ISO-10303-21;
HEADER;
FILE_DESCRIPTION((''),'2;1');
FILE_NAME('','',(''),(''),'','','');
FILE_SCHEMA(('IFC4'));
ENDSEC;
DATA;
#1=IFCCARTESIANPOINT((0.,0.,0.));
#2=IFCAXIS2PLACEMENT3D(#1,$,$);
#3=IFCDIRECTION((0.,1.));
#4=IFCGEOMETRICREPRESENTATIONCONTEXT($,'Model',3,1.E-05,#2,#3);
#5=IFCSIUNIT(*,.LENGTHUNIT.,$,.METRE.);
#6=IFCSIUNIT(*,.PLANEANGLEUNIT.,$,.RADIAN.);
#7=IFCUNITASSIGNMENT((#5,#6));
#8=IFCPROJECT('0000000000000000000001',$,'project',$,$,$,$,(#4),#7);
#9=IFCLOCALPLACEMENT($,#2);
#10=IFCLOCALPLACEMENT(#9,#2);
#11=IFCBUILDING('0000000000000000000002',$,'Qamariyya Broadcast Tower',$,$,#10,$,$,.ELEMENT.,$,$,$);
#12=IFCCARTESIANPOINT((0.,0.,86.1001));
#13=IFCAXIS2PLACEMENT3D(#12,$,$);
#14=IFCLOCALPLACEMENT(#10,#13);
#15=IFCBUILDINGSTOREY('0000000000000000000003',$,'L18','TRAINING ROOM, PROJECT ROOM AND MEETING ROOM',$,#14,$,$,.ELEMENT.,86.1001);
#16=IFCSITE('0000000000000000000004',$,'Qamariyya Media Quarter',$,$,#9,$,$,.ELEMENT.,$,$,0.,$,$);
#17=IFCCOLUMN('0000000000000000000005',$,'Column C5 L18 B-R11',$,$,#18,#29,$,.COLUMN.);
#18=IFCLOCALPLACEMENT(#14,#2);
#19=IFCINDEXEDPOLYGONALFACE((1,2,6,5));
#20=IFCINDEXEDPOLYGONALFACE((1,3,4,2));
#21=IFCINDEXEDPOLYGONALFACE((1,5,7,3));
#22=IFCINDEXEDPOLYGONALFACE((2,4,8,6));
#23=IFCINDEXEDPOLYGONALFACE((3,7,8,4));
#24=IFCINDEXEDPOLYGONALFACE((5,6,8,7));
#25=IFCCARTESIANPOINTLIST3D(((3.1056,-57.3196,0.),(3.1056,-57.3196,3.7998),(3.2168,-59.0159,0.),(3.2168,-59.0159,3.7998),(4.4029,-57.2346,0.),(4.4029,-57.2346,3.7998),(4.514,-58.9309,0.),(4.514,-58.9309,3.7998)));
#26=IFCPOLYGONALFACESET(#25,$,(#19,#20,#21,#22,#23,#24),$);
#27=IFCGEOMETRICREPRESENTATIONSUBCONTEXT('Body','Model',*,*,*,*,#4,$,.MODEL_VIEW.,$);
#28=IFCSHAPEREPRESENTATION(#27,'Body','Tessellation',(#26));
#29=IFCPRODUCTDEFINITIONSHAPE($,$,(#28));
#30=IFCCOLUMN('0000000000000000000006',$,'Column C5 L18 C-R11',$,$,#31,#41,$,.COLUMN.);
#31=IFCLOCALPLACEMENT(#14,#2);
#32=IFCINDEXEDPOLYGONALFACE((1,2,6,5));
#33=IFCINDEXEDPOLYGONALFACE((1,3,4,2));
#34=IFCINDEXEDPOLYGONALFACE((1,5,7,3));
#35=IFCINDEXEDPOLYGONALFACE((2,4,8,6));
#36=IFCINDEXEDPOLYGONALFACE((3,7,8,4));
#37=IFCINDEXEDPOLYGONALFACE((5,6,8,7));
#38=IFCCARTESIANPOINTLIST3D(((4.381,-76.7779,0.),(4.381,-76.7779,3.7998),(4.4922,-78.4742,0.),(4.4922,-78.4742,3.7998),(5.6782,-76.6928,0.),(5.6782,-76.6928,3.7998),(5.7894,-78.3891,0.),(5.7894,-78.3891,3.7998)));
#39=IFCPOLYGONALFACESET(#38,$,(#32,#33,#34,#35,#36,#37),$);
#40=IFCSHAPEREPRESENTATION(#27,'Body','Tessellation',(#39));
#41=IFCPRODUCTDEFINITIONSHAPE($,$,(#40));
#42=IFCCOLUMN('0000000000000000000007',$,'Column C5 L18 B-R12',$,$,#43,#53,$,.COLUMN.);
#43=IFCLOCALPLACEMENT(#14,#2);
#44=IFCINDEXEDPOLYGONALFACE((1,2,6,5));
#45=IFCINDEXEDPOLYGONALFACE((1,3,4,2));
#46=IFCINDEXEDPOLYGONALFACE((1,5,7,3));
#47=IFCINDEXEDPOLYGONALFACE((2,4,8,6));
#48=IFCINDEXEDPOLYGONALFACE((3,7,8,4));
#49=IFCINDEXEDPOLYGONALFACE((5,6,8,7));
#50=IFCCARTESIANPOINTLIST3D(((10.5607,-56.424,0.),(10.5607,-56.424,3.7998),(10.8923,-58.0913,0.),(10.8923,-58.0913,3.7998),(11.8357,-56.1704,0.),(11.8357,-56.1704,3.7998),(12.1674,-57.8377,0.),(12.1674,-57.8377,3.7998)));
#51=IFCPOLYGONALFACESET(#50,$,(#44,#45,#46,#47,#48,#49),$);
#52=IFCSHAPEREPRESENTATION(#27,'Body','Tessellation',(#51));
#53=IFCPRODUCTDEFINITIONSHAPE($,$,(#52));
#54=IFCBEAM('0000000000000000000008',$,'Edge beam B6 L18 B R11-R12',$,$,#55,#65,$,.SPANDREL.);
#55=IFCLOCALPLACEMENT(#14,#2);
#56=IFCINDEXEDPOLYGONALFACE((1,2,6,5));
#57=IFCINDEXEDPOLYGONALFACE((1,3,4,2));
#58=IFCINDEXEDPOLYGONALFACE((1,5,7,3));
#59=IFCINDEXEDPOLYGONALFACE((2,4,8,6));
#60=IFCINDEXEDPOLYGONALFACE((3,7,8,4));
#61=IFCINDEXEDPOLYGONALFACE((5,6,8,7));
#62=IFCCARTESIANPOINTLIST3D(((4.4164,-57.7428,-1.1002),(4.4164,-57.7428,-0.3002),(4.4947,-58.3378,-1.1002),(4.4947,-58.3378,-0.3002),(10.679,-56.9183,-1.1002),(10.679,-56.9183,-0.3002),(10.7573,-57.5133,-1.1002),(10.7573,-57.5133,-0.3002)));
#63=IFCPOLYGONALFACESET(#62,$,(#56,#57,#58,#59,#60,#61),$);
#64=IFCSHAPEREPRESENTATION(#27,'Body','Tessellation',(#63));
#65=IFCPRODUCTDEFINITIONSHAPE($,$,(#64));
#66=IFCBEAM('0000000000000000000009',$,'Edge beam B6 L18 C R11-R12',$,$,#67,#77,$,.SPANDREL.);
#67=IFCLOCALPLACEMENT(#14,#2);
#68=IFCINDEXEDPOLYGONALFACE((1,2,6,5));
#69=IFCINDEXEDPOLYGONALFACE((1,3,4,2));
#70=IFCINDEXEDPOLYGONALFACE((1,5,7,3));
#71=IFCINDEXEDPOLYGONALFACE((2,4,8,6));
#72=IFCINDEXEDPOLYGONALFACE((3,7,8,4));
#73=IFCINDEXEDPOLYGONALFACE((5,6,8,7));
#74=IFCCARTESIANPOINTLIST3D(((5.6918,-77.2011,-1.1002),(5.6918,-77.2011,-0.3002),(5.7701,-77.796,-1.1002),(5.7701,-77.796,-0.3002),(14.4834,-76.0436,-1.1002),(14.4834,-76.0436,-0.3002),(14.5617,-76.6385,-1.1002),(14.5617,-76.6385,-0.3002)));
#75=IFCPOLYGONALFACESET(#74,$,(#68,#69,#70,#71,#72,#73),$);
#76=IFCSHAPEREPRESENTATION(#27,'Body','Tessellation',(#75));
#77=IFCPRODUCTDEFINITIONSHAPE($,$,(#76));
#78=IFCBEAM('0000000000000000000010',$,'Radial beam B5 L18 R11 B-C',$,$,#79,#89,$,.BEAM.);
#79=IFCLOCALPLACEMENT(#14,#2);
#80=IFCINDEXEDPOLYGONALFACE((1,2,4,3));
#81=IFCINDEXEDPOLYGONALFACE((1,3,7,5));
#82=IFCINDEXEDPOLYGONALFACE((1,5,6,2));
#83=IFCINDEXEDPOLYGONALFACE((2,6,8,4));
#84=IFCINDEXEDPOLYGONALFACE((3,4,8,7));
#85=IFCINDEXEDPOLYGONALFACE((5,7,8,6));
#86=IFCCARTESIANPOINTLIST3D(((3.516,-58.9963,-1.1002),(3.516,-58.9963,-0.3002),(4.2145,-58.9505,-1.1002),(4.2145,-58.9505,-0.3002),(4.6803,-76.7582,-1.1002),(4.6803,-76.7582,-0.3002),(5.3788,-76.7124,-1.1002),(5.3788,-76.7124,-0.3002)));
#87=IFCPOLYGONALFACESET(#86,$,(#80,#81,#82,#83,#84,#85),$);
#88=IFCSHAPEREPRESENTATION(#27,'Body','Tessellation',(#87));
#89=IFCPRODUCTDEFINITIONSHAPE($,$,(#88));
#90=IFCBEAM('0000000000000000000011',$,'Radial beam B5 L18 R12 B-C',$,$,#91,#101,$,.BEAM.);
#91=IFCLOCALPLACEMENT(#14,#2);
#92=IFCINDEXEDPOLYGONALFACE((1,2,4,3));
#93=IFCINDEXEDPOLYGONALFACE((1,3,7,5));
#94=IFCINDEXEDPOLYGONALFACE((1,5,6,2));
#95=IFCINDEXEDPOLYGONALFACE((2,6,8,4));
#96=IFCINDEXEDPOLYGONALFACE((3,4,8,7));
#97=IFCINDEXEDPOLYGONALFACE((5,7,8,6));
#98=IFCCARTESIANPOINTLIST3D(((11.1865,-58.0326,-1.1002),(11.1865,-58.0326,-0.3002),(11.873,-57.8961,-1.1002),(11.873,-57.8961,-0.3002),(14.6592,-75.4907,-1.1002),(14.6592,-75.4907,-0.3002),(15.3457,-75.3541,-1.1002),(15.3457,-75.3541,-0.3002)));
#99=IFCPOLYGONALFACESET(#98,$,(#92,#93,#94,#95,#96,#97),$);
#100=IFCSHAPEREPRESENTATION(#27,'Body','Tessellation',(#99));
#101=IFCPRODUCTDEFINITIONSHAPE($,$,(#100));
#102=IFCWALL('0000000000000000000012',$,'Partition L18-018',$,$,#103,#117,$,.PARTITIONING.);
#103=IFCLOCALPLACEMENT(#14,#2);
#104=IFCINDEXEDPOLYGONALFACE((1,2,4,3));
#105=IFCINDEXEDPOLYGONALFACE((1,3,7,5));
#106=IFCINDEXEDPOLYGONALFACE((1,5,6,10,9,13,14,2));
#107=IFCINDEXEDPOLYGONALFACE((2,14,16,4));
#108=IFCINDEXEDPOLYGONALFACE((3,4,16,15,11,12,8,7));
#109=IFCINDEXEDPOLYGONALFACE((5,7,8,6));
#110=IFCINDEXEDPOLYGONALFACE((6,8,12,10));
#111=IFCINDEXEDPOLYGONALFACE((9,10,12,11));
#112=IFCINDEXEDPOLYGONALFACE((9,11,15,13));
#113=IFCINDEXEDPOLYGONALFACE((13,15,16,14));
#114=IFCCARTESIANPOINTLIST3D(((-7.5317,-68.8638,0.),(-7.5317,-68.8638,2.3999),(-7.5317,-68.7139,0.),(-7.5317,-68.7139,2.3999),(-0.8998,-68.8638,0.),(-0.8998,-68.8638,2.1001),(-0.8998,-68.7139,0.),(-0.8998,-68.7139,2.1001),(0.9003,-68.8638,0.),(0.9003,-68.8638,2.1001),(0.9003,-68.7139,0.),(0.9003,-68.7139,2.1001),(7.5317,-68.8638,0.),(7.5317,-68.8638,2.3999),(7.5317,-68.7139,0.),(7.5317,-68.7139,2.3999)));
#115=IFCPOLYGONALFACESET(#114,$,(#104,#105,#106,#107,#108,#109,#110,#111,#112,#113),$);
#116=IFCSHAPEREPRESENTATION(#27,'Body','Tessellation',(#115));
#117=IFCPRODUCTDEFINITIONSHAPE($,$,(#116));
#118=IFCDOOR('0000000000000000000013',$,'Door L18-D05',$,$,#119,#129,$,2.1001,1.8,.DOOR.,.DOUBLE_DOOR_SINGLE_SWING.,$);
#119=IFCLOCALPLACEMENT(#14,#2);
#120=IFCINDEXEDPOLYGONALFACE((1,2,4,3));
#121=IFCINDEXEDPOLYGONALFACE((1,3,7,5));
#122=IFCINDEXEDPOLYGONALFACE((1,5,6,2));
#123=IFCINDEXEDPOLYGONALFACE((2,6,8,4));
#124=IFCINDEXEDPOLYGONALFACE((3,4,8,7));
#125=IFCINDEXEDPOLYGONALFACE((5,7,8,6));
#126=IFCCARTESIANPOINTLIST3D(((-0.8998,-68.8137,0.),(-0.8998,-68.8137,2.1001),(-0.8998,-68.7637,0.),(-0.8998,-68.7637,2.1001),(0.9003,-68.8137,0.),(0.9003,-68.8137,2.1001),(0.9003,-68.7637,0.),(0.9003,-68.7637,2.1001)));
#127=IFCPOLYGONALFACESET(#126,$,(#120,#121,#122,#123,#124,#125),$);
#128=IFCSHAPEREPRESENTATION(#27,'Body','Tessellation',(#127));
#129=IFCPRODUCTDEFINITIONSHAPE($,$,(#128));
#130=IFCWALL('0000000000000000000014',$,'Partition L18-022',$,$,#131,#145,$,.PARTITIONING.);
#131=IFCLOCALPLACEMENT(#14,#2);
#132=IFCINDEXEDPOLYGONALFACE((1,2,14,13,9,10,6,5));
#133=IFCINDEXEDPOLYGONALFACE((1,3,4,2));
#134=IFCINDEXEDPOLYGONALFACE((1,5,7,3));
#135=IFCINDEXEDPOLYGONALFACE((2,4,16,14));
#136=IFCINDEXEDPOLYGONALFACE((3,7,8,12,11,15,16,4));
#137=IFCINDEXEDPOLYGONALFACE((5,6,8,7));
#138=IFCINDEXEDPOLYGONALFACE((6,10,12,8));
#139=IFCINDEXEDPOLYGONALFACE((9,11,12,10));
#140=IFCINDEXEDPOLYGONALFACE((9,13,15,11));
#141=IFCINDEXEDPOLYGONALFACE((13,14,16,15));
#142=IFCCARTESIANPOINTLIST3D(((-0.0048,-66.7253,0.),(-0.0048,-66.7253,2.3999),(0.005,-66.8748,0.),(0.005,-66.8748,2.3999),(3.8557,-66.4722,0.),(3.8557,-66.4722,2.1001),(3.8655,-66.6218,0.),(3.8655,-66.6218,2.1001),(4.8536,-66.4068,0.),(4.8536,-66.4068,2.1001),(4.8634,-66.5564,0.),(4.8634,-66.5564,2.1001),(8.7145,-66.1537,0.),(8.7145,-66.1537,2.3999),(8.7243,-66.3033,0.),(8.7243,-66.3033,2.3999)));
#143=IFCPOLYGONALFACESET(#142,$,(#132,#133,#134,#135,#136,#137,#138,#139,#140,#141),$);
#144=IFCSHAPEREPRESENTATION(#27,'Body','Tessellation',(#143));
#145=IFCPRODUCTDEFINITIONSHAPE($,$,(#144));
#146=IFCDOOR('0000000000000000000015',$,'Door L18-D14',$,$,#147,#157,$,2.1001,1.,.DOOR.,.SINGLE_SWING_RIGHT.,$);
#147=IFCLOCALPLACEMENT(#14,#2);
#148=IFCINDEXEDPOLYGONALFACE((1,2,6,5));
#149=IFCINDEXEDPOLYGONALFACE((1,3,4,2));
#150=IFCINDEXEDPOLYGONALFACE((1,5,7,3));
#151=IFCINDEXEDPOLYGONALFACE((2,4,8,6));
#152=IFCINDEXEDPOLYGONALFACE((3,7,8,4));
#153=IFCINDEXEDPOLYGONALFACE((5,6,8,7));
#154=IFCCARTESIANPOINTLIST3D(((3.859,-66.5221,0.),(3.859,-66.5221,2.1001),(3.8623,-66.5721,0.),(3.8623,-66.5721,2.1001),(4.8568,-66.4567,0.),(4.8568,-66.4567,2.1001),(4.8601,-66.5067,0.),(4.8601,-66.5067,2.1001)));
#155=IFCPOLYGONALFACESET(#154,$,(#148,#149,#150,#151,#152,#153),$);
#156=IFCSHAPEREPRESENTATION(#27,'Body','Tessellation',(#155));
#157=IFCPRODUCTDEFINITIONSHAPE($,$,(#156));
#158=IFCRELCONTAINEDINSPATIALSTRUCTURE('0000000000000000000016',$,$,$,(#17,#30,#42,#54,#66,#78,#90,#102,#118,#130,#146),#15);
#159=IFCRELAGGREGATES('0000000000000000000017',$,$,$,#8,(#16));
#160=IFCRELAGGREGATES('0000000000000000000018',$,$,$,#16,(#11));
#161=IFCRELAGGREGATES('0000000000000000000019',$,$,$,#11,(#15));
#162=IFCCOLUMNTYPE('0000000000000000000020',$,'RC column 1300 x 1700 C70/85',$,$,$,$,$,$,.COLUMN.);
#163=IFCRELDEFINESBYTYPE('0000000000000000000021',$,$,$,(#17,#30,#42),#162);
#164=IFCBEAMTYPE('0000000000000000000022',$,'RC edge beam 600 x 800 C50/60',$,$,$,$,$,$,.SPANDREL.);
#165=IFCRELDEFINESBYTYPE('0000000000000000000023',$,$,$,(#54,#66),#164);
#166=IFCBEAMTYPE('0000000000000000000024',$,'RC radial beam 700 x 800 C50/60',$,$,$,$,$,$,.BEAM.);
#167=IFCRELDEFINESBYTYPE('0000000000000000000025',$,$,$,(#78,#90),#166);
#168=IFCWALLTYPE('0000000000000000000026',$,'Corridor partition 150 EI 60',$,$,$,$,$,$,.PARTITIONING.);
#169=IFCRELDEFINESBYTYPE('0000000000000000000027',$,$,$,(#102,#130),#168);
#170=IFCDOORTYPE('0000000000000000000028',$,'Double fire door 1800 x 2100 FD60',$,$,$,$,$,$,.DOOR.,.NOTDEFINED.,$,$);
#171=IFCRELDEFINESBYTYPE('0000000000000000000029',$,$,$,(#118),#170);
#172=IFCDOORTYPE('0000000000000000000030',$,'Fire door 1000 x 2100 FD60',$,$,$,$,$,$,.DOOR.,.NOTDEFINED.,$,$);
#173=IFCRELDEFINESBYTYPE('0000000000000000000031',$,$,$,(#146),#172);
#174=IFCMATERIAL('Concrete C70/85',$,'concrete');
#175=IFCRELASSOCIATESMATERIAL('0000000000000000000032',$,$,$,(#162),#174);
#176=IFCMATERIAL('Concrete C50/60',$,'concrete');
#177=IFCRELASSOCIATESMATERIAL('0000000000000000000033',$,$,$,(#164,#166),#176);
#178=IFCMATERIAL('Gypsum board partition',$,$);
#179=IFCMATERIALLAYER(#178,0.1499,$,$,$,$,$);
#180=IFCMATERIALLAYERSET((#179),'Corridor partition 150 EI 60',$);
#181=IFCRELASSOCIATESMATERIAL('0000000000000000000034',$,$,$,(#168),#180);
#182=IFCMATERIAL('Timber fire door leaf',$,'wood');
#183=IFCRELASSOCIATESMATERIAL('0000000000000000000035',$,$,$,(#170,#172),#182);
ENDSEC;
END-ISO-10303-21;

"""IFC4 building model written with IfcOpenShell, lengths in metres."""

from ifc_helpers import new_model, si_unit, direction, frame, frame_2d, origin, origin_2d, place, context, subcontext, project, spatial, rectangle, extrude, material, layer, layer_set, material_profile, profile_set, type_object, element, fill, save


model = new_model("IFC4")

# Units and contexts
model_context = context("Model", 3, precision=1e-05, world=origin(), true_north=direction((0.0, 1.0)))
body_context = subcontext(model_context, "Body", "Model", "MODEL_VIEW")
ifc_project = project(units=[si_unit("LENGTHUNIT", "METRE"), si_unit("PLANEANGLEUNIT", "RADIAN")], contexts=[model_context])

# Site, building, storey
site_placement = place(None, origin())
site = spatial("IfcSite", under=ifc_project, at=site_placement, Name="Qamariyya Media Quarter", CompositionType="ELEMENT", RefElevation=0.0)
building_placement = place(site_placement, origin())
building = spatial("IfcBuilding", under=site, at=building_placement, Name="Qamariyya Broadcast Tower", CompositionType="ELEMENT")
storey_placement = place(building_placement, frame((0.0, 0.0, 86.1001)))
storey = spatial("IfcBuildingStorey", under=building, at=storey_placement, Name="L18", Description="TRAINING ROOM, PROJECT ROOM AND MEETING ROOM", CompositionType="ELEMENT", Elevation=86.1001)

# Columns
ifc_material_1 = material(Name="Concrete C70/85", Category="concrete")
ifc_material_profile_1 = material_profile(ifc_material_1, rectangle(XDim=1.3, YDim=1.7, at=origin_2d()))
ifc_profile_set_1 = profile_set([ifc_material_profile_1], Name="Concrete C70/85")
column_type = type_object("IfcColumnType", Name="RC column 1300 x 1700 C70/85", PredefinedType="COLUMN", material=ifc_profile_set_1)
for number, where, z_axis, x_axis, name in (
    (1, (3.8098, -58.1252, 0.0), (0.0, 0.0, 1.0), (0.997859, 0.065403, 0.0), "Column C5 L18 B-R11"),
    (2, (5.0852, -77.5835, 0.0), (0.0, 0.0, 1.0), (0.997859, 0.065403, 0.0), "Column C5 L18 C-R11"),
    (3, (11.364, -57.1309, 0.0), (0.0, 0.0, 1.0), (0.980785, 0.19509, 0.0), "Column C5 L18 B-R12"),
):
    element("IfcColumn", number, at=place(storey_placement, frame(where, z_axis=z_axis, x_axis=x_axis)), inside=storey, type_object=column_type, Name=name, PredefinedType="COLUMN", context=body_context, shape_type="SweptSolid", body=[
        extrude(rectangle(XDim=1.3, YDim=1.7, at=origin_2d()), origin(), (0.0, 0.0, 1.0), 3.7998),
    ])

# Beams
ifc_material_2 = material(Name="Concrete C50/60", Category="concrete")
ifc_material_profile_2 = material_profile(ifc_material_2, rectangle(XDim=0.6001, YDim=0.8, at=origin_2d()))
ifc_profile_set_2 = profile_set([ifc_material_profile_2], Name="Concrete C50/60")
beam_type_1 = type_object("IfcBeamType", Name="RC edge beam 600 x 800 C50/60", PredefinedType="SPANDREL", material=ifc_profile_set_2)
beam_1_placement = place(storey_placement, frame((4.4556, -58.0403, -0.7002), z_axis=(0.991446, 0.13052, 0.0), x_axis=(-0.13052, 0.991446, 0.0)))
element("IfcBeam", 4, at=beam_1_placement, inside=storey, type_object=beam_type_1, Name="Edge beam B6 L18 B R11-R12", PredefinedType="SPANDREL", context=body_context, shape_type="SweptSolid", body=[
    extrude(rectangle(XDim=0.6001, YDim=0.8, at=origin_2d()), origin(), (0.0, 0.0, 1.0), 6.3167),
])
beam_2_placement = place(storey_placement, frame((5.731, -77.4985, -0.7002), z_axis=(0.991444, 0.130531, 0.0), x_axis=(-0.130531, 0.991444, 0.0)))
element("IfcBeam", 5, at=beam_2_placement, inside=storey, type_object=beam_type_1, Name="Edge beam B6 L18 C R11-R12", PredefinedType="SPANDREL", context=body_context, shape_type="SweptSolid", body=[
    extrude(rectangle(XDim=0.6001, YDim=0.8, at=origin_2d()), origin(), (0.0, 0.0, 1.0), 8.8674),
])
ifc_material_profile_3 = material_profile(ifc_material_2, rectangle(XDim=0.7, YDim=0.8, at=origin_2d()))
ifc_profile_set_3 = profile_set([ifc_material_profile_3], Name="Concrete C50/60")
beam_type_2 = type_object("IfcBeamType", Name="RC radial beam 700 x 800 C50/60", PredefinedType="BEAM", material=ifc_profile_set_3)
for number, where, z_axis, x_axis, name in (
    (6, (3.8652, -58.9734, -0.7002), (0.06541, -0.997858, 0.0), (0.997858, 0.06541, 0.0), "Radial beam B5 L18 R11 B-C"),
    (7, (11.5298, -57.9644, -0.7002), (0.195093, -0.980785, 0.0), (0.980785, 0.195093, 0.0), "Radial beam B5 L18 R12 B-C"),
):
    element("IfcBeam", number, at=place(storey_placement, frame(where, z_axis=z_axis, x_axis=x_axis)), inside=storey, type_object=beam_type_2, Name=name, PredefinedType="BEAM", context=body_context, shape_type="SweptSolid", body=[
        extrude(rectangle(XDim=0.7, YDim=0.8, at=origin_2d()), origin(), (0.0, 0.0, 1.0), 17.8),
    ])

# Walls, openings, doors
ifc_material_3 = material(Name="Gypsum board partition")
ifc_layer_1 = layer(ifc_material_3, 0.1499)
ifc_layer_set_1 = layer_set([ifc_layer_1], Name="Corridor partition 150 EI 60")
wall_type_1 = type_object("IfcWallType", Name="Corridor partition 150 EI 60", PredefinedType="PARTITIONING", material=ifc_layer_set_1)
wall_1_placement = place(storey_placement, frame((7.5317, -68.7888, 0.0), z_axis=(0.0, 0.0, 1.0), x_axis=(-1.0, 0.0, 0.0)))
wall_1 = element("IfcWall", 8, at=wall_1_placement, inside=storey, type_object=wall_type_1, Name="Partition L18-018", PredefinedType="PARTITIONING", context=body_context, shape_type="SweptSolid", body=[
    extrude(rectangle(XDim=15.0635, YDim=0.1499, at=frame_2d((7.5317, 0.0))), origin(), (0.0, 0.0, 1.0), 2.3999),
])
opening_1_placement = place(wall_1_placement, frame((6.6316, 0.0, 0.0)))
opening_1 = element("IfcOpeningElement", 9, at=opening_1_placement, cuts=wall_1, PredefinedType="OPENING", context=body_context, shape_type="SweptSolid", body=[
    extrude(rectangle(XDim=1.8, YDim=2.1001, at=frame_2d((0.8999, 1.05))), frame((0.0, 0.085, 0.0), z_axis=(0.0, -1.0, 0.0), x_axis=(1.0, 0.0, 0.0)), (0.0, 0.0, 1.0), 0.1699),
])
ifc_material_4 = material(Name="Timber fire door leaf", Category="wood")
door_type_1 = type_object("IfcDoorType", Name="Double fire door 1800 x 2100 FD60", OperationType="NOTDEFINED", PredefinedType="DOOR", material=ifc_material_4)
door_1_placement = place(opening_1_placement, origin())
door_1 = element("IfcDoor", 10, at=door_1_placement, inside=storey, type_object=door_type_1, Name="Door L18-D05", OperationType="DOUBLE_DOOR_SINGLE_SWING", OverallHeight=2.1001, OverallWidth=1.8, PredefinedType="DOOR", context=body_context, shape_type="SweptSolid", body=[
    extrude(rectangle(XDim=1.8, YDim=2.1001, at=frame_2d((0.8999, 1.05))), frame((0.0, 0.0249, 0.0), z_axis=(0.0, -1.0, 0.0), x_axis=(1.0, 0.0, 0.0)), (0.0, 0.0, 1.0), 0.05),
])
fill(opening_1, door_1)
wall_2_placement = place(storey_placement, frame((0.0, -66.8, 0.0), z_axis=(0.0, 0.0, 1.0), x_axis=(0.997859, 0.065408, 0.0)))
wall_2 = element("IfcWall", 11, at=wall_2_placement, inside=storey, type_object=wall_type_1, Name="Partition L18-022", PredefinedType="PARTITIONING", context=body_context, shape_type="SweptSolid", body=[
    extrude(rectangle(XDim=8.738, YDim=0.1499, at=frame_2d((4.3691, 0.0))), origin(), (0.0, 0.0, 1.0), 2.3999),
])
opening_2_placement = place(wall_2_placement, frame((3.8689, 0.0, 0.0)))
opening_2 = element("IfcOpeningElement", 12, at=opening_2_placement, cuts=wall_2, PredefinedType="OPENING", context=body_context, shape_type="SweptSolid", body=[
    extrude(rectangle(XDim=1.0, YDim=2.1001, at=frame_2d((0.5, 1.05))), frame((0.0, 0.085, 0.0), z_axis=(0.0, -1.0, 0.0), x_axis=(1.0, 0.0, 0.0)), (0.0, 0.0, 1.0), 0.1699),
])
door_type_2 = type_object("IfcDoorType", Name="Fire door 1000 x 2100 FD60", OperationType="NOTDEFINED", PredefinedType="DOOR", material=ifc_material_4)
door_2_placement = place(opening_2_placement, origin())
door_2 = element("IfcDoor", 13, at=door_2_placement, inside=storey, type_object=door_type_2, Name="Door L18-D14", OperationType="SINGLE_SWING_RIGHT", OverallHeight=2.1001, OverallWidth=1.0, PredefinedType="DOOR", context=body_context, shape_type="SweptSolid", body=[
    extrude(rectangle(XDim=1.0, YDim=2.1001, at=frame_2d((0.5, 1.05))), frame((0.0, 0.0249, 0.0), z_axis=(0.0, -1.0, 0.0), x_axis=(1.0, 0.0, 0.0)), (0.0, 0.0, 1.0), 0.05),
])
fill(opening_2, door_2)

save(model, "model.ifc")
